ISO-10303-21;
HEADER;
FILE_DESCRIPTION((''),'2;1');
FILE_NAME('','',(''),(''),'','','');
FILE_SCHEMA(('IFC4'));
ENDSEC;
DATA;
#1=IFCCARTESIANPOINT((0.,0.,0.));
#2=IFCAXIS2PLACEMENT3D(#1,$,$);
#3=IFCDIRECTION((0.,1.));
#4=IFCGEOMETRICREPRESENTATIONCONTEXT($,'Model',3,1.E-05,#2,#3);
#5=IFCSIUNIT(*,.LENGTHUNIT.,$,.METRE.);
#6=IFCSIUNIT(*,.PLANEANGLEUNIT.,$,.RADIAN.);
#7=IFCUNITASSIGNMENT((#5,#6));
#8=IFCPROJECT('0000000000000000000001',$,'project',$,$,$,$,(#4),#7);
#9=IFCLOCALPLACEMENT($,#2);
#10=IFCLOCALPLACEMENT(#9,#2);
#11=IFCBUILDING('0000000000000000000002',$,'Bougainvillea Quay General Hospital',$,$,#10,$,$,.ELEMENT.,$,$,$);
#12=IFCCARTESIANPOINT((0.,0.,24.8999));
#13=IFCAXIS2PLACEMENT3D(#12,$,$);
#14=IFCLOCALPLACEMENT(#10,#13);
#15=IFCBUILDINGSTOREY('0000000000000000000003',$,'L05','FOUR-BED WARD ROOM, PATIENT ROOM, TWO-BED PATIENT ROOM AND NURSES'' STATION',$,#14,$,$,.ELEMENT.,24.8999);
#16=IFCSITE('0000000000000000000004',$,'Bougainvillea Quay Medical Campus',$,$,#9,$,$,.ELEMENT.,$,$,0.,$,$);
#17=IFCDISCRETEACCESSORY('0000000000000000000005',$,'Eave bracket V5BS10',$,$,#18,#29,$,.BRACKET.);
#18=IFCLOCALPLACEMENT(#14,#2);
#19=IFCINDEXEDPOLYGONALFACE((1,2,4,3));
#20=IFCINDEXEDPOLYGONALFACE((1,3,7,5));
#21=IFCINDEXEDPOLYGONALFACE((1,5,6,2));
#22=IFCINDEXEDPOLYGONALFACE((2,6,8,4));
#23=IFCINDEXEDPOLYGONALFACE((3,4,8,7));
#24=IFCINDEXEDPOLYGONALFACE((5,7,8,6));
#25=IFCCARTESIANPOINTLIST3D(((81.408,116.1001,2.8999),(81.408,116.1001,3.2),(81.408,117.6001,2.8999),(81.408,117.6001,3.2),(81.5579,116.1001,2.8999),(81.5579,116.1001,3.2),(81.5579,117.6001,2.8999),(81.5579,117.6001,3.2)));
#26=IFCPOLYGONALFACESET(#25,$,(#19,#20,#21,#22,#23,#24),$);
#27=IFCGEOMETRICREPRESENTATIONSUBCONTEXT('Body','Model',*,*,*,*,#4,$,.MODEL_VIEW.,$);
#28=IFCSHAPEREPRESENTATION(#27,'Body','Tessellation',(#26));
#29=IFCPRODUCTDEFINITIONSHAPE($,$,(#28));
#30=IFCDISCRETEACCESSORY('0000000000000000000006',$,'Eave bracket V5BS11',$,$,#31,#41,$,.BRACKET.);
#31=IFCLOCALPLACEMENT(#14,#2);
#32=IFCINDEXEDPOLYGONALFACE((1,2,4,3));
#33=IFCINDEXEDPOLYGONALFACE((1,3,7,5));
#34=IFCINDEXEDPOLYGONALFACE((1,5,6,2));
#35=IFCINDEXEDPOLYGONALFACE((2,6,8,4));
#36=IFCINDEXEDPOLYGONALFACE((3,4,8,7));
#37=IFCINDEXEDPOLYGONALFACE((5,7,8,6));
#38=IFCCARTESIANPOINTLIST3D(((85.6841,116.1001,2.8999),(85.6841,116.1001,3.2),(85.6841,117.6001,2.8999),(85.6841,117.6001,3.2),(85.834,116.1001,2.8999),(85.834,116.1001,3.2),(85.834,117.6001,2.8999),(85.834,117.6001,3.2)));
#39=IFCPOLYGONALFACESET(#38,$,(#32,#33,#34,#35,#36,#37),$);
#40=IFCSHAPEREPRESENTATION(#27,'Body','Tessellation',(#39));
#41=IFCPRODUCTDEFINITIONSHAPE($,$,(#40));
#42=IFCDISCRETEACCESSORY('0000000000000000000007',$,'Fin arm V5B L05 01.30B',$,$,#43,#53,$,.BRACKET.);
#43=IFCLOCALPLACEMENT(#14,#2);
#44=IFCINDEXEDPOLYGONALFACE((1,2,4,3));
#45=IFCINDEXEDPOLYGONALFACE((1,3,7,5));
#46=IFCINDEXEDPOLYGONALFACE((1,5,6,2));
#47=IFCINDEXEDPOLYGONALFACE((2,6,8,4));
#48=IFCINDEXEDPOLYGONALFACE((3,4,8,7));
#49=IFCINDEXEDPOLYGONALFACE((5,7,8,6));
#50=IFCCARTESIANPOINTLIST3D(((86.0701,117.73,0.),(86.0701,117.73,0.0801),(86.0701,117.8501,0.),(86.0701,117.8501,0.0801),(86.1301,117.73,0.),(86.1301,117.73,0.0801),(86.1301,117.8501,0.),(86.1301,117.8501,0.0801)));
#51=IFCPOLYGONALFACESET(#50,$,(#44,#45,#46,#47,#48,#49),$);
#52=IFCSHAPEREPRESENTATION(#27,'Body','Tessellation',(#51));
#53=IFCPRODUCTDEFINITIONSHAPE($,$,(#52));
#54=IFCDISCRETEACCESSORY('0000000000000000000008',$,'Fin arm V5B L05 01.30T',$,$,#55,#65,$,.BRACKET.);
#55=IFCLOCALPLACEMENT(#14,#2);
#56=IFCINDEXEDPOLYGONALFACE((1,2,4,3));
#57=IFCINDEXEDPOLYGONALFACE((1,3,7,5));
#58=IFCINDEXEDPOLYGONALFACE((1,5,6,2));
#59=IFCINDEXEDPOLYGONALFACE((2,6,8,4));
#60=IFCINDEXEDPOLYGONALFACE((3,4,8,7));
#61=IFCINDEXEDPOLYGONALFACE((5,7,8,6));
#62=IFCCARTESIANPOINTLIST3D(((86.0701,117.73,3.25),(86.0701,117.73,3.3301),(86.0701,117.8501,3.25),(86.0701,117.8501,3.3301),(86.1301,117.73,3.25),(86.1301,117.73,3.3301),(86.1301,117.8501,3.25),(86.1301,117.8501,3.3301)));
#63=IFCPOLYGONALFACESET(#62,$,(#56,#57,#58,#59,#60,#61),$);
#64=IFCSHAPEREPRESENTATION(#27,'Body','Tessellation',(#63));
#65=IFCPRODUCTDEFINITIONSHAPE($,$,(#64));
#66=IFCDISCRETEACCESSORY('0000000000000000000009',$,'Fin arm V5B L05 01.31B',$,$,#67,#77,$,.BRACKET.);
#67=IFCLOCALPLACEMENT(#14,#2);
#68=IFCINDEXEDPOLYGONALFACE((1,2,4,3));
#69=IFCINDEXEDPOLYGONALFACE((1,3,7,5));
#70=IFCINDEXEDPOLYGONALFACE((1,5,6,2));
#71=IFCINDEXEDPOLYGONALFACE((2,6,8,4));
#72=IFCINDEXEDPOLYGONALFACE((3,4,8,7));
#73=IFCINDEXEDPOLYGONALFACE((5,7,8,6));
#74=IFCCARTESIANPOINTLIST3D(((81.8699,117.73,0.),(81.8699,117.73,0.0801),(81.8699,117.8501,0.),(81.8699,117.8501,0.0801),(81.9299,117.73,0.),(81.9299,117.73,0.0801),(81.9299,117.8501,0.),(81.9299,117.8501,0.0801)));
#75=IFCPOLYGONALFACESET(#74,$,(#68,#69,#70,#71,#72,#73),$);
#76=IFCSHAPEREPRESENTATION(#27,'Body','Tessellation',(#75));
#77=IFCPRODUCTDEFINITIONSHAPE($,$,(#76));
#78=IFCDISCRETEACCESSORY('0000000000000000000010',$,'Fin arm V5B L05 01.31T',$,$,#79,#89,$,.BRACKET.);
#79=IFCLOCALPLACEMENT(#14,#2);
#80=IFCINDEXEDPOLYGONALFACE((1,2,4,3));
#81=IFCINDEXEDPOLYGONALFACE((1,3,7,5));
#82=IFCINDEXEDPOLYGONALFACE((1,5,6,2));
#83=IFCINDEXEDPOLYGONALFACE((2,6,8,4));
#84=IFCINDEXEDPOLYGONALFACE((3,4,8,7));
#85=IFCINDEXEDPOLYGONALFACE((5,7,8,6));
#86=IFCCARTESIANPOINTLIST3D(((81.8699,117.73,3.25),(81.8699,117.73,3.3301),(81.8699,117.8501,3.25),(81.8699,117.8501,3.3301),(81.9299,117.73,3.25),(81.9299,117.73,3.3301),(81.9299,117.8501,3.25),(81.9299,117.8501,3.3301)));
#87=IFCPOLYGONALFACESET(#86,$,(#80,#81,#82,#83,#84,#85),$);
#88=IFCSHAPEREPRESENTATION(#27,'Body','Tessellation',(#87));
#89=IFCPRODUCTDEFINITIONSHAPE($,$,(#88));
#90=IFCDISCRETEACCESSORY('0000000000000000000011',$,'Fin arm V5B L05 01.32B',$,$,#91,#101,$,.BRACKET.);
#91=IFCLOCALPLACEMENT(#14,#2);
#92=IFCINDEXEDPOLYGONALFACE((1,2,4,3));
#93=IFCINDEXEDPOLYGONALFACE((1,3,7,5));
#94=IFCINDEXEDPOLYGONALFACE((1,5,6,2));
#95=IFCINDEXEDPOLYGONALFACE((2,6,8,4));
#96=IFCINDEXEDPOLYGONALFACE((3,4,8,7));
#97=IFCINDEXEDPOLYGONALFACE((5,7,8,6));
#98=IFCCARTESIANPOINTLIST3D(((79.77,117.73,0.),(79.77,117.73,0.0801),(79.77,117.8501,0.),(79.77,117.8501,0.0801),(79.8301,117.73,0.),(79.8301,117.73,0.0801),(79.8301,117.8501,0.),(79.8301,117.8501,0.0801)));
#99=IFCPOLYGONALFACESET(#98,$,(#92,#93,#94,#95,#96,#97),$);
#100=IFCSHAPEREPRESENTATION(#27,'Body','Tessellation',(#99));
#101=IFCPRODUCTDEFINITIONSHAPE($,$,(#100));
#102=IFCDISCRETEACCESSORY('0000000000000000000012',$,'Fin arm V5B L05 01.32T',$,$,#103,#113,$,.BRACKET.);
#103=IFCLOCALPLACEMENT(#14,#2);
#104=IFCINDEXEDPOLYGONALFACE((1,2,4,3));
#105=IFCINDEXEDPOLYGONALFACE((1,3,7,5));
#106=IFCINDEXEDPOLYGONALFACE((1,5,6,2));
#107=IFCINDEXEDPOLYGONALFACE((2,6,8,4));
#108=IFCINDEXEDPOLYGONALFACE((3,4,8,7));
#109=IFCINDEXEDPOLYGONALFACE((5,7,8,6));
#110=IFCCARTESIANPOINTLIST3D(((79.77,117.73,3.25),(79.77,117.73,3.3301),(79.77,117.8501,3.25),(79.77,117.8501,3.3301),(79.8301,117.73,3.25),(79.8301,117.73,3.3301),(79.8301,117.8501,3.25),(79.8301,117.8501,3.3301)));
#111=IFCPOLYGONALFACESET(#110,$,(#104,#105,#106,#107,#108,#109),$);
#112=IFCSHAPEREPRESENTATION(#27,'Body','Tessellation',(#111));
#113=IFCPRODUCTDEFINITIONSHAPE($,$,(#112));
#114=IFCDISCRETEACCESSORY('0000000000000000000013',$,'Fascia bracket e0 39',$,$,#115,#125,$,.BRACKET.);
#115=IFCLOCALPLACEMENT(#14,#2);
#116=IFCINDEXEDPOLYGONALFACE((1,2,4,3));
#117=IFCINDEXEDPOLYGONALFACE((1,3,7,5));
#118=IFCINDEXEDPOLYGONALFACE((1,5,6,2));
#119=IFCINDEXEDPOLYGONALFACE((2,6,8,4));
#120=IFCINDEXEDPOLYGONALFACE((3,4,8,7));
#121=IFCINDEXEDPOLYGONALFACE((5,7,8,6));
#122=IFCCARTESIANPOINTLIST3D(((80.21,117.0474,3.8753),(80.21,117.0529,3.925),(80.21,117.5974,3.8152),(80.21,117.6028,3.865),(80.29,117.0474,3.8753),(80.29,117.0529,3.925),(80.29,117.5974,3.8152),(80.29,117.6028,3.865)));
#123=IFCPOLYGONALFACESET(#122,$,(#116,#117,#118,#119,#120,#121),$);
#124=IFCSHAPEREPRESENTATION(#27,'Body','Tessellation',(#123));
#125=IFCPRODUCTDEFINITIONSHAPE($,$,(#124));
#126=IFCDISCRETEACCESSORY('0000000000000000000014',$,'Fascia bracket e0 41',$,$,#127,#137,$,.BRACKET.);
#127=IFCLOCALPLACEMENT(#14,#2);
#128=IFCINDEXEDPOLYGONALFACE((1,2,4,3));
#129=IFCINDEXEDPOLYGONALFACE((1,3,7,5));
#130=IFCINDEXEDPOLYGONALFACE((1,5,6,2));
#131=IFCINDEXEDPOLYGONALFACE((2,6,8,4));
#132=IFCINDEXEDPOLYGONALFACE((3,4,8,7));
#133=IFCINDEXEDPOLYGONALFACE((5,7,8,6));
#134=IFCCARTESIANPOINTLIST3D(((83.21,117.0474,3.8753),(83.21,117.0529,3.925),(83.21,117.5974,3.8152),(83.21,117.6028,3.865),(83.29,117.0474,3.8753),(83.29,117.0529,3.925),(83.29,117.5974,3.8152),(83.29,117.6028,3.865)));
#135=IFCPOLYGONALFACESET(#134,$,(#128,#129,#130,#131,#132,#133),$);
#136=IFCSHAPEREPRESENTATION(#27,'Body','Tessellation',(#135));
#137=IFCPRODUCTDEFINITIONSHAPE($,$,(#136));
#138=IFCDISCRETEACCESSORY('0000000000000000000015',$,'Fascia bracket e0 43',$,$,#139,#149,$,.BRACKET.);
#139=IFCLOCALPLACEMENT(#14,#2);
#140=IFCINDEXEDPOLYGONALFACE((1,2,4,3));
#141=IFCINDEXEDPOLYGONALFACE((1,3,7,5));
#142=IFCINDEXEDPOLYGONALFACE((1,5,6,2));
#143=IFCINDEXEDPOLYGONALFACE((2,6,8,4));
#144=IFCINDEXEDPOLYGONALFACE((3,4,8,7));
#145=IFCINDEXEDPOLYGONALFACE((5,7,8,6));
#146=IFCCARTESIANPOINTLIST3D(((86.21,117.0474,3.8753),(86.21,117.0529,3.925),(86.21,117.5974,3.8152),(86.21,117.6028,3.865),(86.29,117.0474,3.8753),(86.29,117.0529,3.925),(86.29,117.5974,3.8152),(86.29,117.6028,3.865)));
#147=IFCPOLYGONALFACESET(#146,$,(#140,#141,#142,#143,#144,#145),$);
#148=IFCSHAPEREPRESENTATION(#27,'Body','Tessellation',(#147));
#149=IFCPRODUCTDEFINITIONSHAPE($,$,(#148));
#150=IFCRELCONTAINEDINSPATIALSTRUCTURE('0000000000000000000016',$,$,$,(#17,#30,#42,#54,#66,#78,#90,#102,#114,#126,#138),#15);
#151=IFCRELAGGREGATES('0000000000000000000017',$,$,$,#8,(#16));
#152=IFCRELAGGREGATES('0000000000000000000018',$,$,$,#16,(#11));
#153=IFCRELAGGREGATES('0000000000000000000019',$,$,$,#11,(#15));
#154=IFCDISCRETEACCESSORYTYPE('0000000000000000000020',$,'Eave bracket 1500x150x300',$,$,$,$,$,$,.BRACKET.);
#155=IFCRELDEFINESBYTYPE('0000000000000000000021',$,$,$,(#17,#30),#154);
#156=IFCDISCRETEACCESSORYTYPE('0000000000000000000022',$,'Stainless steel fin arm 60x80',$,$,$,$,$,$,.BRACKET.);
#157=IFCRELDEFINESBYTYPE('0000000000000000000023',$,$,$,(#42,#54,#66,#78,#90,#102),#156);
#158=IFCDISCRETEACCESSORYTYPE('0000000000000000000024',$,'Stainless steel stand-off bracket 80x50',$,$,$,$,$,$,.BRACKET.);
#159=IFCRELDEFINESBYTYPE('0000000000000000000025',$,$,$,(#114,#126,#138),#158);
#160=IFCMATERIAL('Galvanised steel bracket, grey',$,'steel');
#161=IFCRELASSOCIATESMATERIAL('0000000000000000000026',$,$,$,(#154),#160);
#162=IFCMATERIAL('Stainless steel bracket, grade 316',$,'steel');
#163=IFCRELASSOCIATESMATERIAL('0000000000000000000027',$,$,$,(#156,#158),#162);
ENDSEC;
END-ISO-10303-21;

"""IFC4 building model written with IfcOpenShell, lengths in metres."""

from ifc_helpers import new_model, si_unit, direction, frame, origin, origin_2d, place, context, subcontext, project, spatial, rectangle, extrude, material, material_profile, profile_set, type_object, element, save


model = new_model("IFC4")

# Units and contexts
model_context = context("Model", 3, precision=1e-05, world=origin(), true_north=direction((0.0, 1.0)))
body_context = subcontext(model_context, "Body", "Model", "MODEL_VIEW")
ifc_project = project(units=[si_unit("LENGTHUNIT", "METRE"), si_unit("PLANEANGLEUNIT", "RADIAN")], contexts=[model_context])

# Site, building, storey
site_placement = place(None, origin())
site = spatial("IfcSite", under=ifc_project, at=site_placement, Name="Bougainvillea Quay Medical Campus", CompositionType="ELEMENT", RefElevation=0.0)
building_placement = place(site_placement, origin())
building = spatial("IfcBuilding", under=site, at=building_placement, Name="Bougainvillea Quay General Hospital", CompositionType="ELEMENT")
storey_placement = place(building_placement, frame((0.0, 0.0, 24.8999)))
storey = spatial("IfcBuildingStorey", under=building, at=storey_placement, Name="L05", Description="FOUR-BED WARD ROOM, PATIENT ROOM, TWO-BED PATIENT ROOM AND NURSES' STATION", CompositionType="ELEMENT", Elevation=24.8999)

# Discrete accessories
ifc_material_1 = material(Name="Galvanised steel bracket, grey", Category="steel")
discrete_accessory_type_1 = type_object("IfcDiscreteAccessoryType", Name="Eave bracket 1500x150x300", PredefinedType="BRACKET", material=ifc_material_1)
for number, where, z_axis, x_axis, name in (
    (1, (81.4829, 116.8501, 2.8999), (0.0, 0.0, 1.0), (1.0, 0.0, 0.0), "Eave bracket V5BS10"),
    (2, (85.759, 116.8501, 2.8999), (0.0, 0.0, 1.0), (1.0, 0.0, 0.0), "Eave bracket V5BS11"),
):
    element("IfcDiscreteAccessory", number, at=place(storey_placement, frame(where, z_axis=z_axis, x_axis=x_axis)), inside=storey, type_object=discrete_accessory_type_1, Name=name, PredefinedType="BRACKET", context=body_context, shape_type="SweptSolid", body=[
        extrude(rectangle(XDim=0.1499, YDim=1.5, at=origin_2d()), origin(), (0.0, 0.0, 1.0), 0.3),
    ])
ifc_material_2 = material(Name="Stainless steel bracket, grade 316", Category="steel")
discrete_accessory_type_2 = type_object("IfcDiscreteAccessoryType", Name="Stainless steel fin arm 60x80", PredefinedType="BRACKET", material=ifc_material_2)
for number, where, z_axis, x_axis, name in (
    (3, (86.1001, 117.79, 0.0), (0.0, 0.0, 1.0), (0.0, -1.0, 0.0), "Fin arm V5B L05 01.30B"),
    (4, (86.1001, 117.79, 3.25), (0.0, 0.0, 1.0), (0.0, -1.0, 0.0), "Fin arm V5B L05 01.30T"),
    (5, (81.8999, 117.79, 0.0), (0.0, 0.0, 1.0), (0.0, -1.0, 0.0), "Fin arm V5B L05 01.31B"),
    (6, (81.8999, 117.79, 3.25), (0.0, 0.0, 1.0), (0.0, -1.0, 0.0), "Fin arm V5B L05 01.31T"),
    (7, (79.8, 117.79, 0.0), (0.0, 0.0, 1.0), (0.0, -1.0, 0.0), "Fin arm V5B L05 01.32B"),
    (8, (79.8, 117.79, 3.25), (0.0, 0.0, 1.0), (0.0, -1.0, 0.0), "Fin arm V5B L05 01.32T"),
):
    element("IfcDiscreteAccessory", number, at=place(storey_placement, frame(where, z_axis=z_axis, x_axis=x_axis)), inside=storey, type_object=discrete_accessory_type_2, Name=name, PredefinedType="BRACKET", context=body_context, shape_type="SweptSolid", body=[
        extrude(rectangle(XDim=0.1201, YDim=0.0601, at=origin_2d()), origin(), (0.0, 0.0, 1.0), 0.0801),
    ])
ifc_material_profile_1 = material_profile(ifc_material_2, rectangle(XDim=0.0801, YDim=0.05, at=origin_2d()))
ifc_profile_set_1 = profile_set([ifc_material_profile_1], Name="Stainless steel bracket, grade 316")
discrete_accessory_type_3 = type_object("IfcDiscreteAccessoryType", Name="Stainless steel stand-off bracket 80x50", PredefinedType="BRACKET", material=ifc_profile_set_1)
for number, where, z_axis, x_axis, name in (
    (9, (80.25, 117.6001, 3.8401), (0.0, -0.994092, 0.108543), (1.0, 0.0, 0.0), "Fascia bracket e0 39"),
    (10, (83.25, 117.6001, 3.8401), (0.0, -0.994092, 0.108543), (1.0, 0.0, 0.0), "Fascia bracket e0 41"),
    (11, (86.25, 117.6001, 3.8401), (0.0, -0.994092, 0.108543), (1.0, 0.0, 0.0), "Fascia bracket e0 43"),
):
    element("IfcDiscreteAccessory", number, at=place(storey_placement, frame(where, z_axis=z_axis, x_axis=x_axis)), inside=storey, type_object=discrete_accessory_type_3, Name=name, PredefinedType="BRACKET", context=body_context, shape_type="SweptSolid", body=[
        extrude(rectangle(XDim=0.0801, YDim=0.05, at=origin_2d()), origin(), (0.0, 0.0, 1.0), 0.5532),
    ])

save(model, "model.ifc")
